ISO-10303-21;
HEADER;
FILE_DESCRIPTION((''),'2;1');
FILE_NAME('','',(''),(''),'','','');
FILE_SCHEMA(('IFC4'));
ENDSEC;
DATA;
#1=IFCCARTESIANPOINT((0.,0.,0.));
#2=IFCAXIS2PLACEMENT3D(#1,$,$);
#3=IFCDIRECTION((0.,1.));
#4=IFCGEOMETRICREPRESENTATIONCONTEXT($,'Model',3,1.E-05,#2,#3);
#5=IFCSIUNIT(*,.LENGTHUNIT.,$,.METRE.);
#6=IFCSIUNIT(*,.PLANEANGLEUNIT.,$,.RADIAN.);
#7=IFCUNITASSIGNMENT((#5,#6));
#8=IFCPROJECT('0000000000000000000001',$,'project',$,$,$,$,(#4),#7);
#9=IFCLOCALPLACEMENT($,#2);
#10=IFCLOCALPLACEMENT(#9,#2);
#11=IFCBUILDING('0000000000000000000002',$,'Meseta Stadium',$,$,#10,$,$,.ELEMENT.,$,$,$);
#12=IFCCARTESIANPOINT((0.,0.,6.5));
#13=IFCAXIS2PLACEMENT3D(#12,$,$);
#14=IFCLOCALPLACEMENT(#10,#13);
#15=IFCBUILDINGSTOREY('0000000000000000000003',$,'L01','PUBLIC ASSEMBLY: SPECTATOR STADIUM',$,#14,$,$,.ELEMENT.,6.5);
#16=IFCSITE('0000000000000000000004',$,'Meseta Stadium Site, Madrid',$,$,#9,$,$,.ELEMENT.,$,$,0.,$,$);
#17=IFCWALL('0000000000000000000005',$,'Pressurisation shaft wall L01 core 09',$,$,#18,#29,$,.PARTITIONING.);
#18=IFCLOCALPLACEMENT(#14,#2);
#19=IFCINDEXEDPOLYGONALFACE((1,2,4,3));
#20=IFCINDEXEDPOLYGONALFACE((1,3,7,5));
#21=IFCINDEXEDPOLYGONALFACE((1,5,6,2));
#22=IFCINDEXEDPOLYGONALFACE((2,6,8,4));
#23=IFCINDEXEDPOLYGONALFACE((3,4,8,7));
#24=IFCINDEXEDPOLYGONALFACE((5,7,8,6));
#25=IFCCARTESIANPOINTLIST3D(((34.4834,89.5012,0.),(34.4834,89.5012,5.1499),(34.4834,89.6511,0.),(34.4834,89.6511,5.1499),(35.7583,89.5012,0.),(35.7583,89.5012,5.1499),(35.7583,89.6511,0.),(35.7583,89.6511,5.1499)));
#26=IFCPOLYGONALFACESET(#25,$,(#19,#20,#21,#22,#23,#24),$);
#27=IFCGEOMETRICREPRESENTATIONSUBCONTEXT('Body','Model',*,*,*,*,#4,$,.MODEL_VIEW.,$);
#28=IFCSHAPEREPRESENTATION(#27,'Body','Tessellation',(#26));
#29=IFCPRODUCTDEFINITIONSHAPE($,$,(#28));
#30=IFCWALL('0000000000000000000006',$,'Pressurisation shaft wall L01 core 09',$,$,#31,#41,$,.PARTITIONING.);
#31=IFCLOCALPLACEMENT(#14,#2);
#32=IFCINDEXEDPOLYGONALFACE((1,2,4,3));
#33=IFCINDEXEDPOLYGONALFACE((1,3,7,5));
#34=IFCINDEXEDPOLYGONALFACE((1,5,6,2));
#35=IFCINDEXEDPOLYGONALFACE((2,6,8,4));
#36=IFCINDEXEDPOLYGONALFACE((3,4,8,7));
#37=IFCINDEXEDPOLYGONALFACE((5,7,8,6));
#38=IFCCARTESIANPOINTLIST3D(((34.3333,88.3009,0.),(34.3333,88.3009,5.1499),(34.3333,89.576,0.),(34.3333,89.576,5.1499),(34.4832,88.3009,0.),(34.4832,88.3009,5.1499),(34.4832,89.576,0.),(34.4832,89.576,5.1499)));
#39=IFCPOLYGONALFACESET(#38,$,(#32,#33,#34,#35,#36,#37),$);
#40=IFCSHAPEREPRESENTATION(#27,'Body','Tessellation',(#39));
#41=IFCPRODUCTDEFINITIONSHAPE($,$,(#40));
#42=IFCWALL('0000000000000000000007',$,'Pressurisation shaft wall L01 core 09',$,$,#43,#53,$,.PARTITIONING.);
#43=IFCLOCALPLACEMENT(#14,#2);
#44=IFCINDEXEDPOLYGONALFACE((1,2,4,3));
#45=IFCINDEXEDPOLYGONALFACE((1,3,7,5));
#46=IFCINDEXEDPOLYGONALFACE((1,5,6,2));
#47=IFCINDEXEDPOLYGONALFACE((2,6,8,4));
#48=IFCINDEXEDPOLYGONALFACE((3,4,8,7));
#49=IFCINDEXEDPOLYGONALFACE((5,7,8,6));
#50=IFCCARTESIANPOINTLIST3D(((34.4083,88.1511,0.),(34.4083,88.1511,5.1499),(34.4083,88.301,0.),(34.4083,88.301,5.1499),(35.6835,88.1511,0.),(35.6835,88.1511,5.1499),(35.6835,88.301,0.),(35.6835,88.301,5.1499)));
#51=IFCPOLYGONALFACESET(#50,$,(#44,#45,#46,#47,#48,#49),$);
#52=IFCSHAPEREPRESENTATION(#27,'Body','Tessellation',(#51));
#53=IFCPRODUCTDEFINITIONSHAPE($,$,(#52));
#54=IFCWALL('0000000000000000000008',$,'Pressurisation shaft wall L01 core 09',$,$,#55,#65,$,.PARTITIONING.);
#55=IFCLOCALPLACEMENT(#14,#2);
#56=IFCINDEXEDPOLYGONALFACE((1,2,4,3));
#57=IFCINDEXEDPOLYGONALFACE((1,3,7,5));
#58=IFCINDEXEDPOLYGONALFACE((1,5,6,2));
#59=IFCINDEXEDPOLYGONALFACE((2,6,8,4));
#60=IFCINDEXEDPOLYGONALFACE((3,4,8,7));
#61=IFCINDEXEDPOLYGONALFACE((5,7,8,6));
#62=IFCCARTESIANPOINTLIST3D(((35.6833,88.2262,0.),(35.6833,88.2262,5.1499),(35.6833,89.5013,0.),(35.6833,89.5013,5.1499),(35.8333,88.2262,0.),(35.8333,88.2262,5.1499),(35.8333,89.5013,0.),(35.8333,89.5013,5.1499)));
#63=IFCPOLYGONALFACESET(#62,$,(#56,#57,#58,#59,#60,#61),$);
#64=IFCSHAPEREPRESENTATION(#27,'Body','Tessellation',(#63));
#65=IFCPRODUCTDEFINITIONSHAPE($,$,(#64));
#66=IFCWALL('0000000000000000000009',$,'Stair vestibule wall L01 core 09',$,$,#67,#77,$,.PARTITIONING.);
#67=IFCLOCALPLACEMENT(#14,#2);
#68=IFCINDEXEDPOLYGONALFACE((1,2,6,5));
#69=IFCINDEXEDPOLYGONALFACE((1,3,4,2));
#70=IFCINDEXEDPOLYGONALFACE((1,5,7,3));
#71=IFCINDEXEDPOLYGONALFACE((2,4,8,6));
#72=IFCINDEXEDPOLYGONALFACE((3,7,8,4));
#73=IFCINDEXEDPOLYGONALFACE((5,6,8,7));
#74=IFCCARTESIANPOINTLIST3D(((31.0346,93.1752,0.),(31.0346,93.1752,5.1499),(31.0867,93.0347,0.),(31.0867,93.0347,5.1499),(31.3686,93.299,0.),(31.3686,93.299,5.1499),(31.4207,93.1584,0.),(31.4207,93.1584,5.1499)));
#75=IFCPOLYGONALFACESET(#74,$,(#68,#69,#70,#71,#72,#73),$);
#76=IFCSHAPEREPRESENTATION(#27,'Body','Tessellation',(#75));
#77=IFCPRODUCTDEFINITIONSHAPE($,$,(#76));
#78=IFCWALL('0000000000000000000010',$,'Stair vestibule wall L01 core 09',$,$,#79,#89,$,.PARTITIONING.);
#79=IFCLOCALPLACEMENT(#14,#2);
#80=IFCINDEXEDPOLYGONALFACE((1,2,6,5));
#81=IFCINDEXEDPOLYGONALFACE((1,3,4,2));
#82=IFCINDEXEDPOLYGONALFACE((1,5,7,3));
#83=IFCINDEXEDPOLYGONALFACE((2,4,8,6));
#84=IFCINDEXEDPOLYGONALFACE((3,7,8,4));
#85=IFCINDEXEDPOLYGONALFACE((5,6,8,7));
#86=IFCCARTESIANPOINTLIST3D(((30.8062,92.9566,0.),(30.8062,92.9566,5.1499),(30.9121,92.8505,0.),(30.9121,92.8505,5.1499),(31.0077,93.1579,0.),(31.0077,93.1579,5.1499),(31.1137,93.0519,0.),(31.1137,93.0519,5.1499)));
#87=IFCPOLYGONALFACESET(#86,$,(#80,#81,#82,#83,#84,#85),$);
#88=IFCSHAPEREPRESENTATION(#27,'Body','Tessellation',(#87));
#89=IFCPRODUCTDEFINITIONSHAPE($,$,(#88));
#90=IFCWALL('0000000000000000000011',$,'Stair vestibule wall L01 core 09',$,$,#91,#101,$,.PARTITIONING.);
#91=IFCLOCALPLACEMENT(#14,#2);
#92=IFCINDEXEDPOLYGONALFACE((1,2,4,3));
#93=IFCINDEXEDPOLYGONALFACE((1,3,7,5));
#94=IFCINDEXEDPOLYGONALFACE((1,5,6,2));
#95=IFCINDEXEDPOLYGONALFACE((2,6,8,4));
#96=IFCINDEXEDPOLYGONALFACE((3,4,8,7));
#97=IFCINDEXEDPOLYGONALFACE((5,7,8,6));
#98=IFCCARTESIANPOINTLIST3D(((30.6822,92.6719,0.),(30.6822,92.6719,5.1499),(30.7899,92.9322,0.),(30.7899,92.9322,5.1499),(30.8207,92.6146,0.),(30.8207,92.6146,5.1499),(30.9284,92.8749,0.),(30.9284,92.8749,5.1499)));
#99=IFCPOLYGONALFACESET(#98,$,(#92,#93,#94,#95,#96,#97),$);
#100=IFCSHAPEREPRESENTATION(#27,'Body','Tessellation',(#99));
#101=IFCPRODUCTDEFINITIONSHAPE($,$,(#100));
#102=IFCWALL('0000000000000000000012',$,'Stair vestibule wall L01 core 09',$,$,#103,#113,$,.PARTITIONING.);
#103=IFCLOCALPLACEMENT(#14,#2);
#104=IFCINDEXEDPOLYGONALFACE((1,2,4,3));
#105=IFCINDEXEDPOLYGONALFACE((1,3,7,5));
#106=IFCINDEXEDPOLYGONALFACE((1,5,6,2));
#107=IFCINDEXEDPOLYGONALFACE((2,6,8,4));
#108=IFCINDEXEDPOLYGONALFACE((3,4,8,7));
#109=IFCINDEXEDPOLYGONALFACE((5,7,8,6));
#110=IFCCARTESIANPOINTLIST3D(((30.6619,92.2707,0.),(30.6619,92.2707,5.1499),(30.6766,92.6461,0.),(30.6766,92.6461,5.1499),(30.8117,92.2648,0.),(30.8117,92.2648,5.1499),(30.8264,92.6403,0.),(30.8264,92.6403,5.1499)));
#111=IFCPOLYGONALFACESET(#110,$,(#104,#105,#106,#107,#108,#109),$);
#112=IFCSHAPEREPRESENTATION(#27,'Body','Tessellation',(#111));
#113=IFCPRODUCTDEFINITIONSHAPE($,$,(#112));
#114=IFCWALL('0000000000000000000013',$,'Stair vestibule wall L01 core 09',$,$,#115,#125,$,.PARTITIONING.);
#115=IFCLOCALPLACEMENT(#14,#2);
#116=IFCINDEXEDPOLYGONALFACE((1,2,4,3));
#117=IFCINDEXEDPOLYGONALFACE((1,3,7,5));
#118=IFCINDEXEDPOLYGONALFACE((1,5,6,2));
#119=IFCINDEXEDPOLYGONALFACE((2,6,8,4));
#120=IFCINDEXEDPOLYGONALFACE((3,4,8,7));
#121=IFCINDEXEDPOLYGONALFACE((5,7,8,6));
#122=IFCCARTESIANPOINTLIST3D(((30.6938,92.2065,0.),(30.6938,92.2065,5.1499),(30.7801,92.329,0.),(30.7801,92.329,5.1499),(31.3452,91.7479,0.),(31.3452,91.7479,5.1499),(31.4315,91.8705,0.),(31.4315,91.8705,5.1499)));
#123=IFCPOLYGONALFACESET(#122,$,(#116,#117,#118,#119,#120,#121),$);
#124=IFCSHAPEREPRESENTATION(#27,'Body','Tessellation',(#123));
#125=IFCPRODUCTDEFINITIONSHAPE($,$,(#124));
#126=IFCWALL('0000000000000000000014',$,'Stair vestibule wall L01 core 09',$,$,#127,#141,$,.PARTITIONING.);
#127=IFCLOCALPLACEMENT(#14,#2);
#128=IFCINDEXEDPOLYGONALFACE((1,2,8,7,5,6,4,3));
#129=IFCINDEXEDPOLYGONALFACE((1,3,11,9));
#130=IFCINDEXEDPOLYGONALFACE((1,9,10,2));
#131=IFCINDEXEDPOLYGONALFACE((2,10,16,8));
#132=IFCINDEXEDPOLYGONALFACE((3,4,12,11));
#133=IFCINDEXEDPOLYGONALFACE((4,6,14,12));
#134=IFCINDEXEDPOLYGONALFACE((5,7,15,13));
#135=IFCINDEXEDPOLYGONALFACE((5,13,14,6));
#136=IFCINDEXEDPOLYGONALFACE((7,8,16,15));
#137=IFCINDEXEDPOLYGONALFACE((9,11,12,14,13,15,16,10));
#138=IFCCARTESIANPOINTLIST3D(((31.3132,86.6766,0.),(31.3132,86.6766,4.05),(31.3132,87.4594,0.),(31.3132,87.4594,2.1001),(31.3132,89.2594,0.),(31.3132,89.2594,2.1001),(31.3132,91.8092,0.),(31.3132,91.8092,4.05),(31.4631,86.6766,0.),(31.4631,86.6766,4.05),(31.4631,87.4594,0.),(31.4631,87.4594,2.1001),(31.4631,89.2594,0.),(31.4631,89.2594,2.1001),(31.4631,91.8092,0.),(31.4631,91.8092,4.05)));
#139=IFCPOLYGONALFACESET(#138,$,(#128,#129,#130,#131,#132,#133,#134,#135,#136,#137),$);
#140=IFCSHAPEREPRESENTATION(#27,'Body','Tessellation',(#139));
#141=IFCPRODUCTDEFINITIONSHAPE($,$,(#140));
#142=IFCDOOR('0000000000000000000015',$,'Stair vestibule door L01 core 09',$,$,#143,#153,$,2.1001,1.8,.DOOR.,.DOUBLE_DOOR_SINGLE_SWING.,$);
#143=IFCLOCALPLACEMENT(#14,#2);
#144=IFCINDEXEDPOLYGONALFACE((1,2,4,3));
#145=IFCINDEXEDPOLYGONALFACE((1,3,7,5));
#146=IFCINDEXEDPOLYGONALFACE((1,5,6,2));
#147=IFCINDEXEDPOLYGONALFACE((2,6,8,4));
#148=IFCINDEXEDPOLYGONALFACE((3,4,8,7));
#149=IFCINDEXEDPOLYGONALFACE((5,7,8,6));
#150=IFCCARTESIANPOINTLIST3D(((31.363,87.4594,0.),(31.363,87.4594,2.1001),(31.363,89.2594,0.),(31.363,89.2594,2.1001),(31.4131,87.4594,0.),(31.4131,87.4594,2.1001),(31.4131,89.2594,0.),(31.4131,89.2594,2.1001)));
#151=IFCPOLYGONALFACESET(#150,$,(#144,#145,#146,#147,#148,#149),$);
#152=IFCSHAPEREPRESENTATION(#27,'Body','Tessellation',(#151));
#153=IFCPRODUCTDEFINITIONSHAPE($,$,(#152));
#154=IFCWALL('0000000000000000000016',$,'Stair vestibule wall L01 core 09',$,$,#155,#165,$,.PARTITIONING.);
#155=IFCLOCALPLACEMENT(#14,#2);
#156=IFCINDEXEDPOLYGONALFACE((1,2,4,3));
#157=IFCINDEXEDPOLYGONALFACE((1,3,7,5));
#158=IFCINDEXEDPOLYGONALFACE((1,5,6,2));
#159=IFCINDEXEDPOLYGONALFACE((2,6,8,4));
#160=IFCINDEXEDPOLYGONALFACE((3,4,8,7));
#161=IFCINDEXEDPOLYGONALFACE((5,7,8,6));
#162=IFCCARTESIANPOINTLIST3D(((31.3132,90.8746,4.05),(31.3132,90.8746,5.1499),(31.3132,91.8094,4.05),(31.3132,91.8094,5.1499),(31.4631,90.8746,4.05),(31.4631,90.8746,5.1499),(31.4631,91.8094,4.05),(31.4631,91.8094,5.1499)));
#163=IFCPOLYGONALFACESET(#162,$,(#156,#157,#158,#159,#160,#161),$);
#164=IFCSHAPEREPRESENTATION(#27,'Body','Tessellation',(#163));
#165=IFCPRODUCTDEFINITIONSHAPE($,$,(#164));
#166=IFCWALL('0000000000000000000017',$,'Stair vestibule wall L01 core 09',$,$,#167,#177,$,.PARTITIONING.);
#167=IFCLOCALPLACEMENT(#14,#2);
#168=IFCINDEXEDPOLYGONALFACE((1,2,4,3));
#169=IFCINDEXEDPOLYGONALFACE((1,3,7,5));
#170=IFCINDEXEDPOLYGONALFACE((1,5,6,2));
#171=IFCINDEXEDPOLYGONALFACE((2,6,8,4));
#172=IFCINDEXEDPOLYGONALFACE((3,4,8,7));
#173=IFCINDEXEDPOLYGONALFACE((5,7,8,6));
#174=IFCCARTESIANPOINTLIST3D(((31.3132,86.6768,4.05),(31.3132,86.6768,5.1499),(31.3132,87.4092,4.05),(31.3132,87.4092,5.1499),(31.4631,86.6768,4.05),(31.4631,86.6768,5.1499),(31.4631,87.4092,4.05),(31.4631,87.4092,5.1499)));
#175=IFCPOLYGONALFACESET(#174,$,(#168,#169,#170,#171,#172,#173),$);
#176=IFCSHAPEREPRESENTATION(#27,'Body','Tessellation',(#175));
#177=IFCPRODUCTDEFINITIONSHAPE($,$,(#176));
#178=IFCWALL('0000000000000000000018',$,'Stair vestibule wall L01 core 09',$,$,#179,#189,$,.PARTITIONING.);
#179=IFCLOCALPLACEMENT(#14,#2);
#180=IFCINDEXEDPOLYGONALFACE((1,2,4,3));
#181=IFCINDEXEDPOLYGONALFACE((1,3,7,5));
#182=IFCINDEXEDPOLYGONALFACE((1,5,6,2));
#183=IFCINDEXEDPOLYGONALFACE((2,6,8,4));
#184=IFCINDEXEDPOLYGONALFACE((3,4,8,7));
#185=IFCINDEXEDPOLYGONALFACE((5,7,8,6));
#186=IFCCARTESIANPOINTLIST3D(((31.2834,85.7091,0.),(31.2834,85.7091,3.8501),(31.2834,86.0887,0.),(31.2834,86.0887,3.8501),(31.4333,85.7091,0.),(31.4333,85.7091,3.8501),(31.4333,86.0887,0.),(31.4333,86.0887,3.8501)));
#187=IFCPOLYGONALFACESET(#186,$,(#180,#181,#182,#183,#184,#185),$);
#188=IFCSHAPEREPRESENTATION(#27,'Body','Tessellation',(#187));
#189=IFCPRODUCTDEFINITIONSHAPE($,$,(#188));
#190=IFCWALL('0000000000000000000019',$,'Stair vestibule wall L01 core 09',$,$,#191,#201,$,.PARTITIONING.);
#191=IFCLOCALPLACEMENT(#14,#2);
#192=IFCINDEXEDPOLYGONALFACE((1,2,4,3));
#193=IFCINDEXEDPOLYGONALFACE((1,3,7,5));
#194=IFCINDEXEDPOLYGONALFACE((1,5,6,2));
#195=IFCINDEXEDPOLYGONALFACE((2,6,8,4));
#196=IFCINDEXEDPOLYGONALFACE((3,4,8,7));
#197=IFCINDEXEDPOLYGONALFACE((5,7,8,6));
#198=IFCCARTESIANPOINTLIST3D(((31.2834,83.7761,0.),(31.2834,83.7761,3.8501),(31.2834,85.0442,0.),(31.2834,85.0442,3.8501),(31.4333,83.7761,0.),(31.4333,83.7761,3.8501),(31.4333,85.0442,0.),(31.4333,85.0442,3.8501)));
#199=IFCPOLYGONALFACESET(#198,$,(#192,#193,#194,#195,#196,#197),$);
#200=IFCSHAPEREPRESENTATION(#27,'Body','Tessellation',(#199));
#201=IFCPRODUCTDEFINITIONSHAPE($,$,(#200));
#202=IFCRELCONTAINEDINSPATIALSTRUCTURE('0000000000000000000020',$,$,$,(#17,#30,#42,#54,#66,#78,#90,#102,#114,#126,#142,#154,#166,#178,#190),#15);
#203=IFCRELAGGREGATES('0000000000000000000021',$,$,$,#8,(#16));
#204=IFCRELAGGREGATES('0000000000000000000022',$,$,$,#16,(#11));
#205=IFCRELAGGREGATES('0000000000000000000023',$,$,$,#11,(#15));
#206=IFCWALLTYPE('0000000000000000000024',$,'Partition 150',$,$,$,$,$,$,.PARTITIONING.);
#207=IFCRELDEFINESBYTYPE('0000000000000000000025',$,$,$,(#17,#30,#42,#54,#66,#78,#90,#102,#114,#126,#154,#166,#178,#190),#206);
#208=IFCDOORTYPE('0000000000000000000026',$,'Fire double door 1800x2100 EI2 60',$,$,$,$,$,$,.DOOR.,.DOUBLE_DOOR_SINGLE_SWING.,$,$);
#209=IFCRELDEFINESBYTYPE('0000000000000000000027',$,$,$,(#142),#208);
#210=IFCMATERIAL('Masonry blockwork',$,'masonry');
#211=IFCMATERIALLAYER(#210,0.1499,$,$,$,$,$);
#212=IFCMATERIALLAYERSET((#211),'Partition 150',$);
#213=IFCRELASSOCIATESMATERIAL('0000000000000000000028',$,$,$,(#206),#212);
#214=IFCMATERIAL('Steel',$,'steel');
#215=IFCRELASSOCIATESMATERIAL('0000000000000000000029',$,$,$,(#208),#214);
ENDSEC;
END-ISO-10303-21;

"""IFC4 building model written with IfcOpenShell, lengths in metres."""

from ifc_helpers import new_model, si_unit, direction, frame, frame_2d, origin, place, context, subcontext, project, spatial, rectangle, extrude, material, layer, layer_set, type_object, element, fill, save


model = new_model("IFC4")

# Units and contexts
model_context = context("Model", 3, precision=1e-05, world=origin(), true_north=direction((0.0, 1.0)))
body_context = subcontext(model_context, "Body", "Model", "MODEL_VIEW")
ifc_project = project(units=[si_unit("LENGTHUNIT", "METRE"), si_unit("PLANEANGLEUNIT", "RADIAN")], contexts=[model_context])

# Site, building, storey
site_placement = place(None, origin())
site = spatial("IfcSite", under=ifc_project, at=site_placement, Name="Meseta Stadium Site, Madrid", CompositionType="ELEMENT", RefElevation=0.0)
building_placement = place(site_placement, origin())
building = spatial("IfcBuilding", under=site, at=building_placement, Name="Meseta Stadium", CompositionType="ELEMENT")
storey_placement = place(building_placement, frame((0.0, 0.0, 6.5)))
storey = spatial("IfcBuildingStorey", under=building, at=storey_placement, Name="L01", Description="PUBLIC ASSEMBLY: SPECTATOR STADIUM", CompositionType="ELEMENT", Elevation=6.5)

# Walls
ifc_material_1 = material(Name="Masonry blockwork", Category="masonry")
ifc_layer_1 = layer(ifc_material_1, 0.1499)
ifc_layer_set_1 = layer_set([ifc_layer_1], Name="Partition 150")
wall_type_1 = type_object("IfcWallType", Name="Partition 150", PredefinedType="PARTITIONING", material=ifc_layer_set_1)
wall_1_placement = place(storey_placement, frame((35.7583, 89.5762, 0.0), z_axis=(0.0, 0.0, 1.0), x_axis=(-1.0, 0.0, 0.0)))
element("IfcWall", 1, at=wall_1_placement, inside=storey, type_object=wall_type_1, Name="Pressurisation shaft wall L01 core 09", PredefinedType="PARTITIONING", context=body_context, shape_type="SweptSolid", body=[
    extrude(rectangle(XDim=1.2749, YDim=0.1499, at=frame_2d((0.6375, 0.0))), origin(), (0.0, 0.0, 1.0), 5.1499),
])
for number, where, z_axis, x_axis, name in (
    (2, (34.4082, 89.5762, 0.0), (0.0, 0.0, 1.0), (0.0, -1.0, 0.0), "Pressurisation shaft wall L01 core 09"),
    (3, (34.4082, 88.2261, 0.0), (0.0, 0.0, 1.0), (1.0, 0.0, 0.0), "Pressurisation shaft wall L01 core 09"),
    (4, (35.7583, 88.2261, 0.0), (0.0, 0.0, 1.0), (0.0, 1.0, 0.0), "Pressurisation shaft wall L01 core 09"),
):
    element("IfcWall", number, at=place(storey_placement, frame(where, z_axis=z_axis, x_axis=x_axis)), inside=storey, type_object=wall_type_1, Name=name, PredefinedType="PARTITIONING", context=body_context, shape_type="SweptSolid", body=[
        extrude(rectangle(XDim=1.2751, YDim=0.1499, at=frame_2d((0.6377, 0.0))), origin(), (0.0, 0.0, 1.0), 5.1499),
    ])
wall_2_placement = place(storey_placement, frame((31.3948, 93.2288, 0.0), z_axis=(0.0, 0.0, 1.0), x_axis=(-0.937674, -0.347515, 0.0)))
element("IfcWall", 5, at=wall_2_placement, inside=storey, type_object=wall_type_1, Name="Stair vestibule wall L01 core 09", PredefinedType="PARTITIONING", context=body_context, shape_type="SweptSolid", body=[
    extrude(rectangle(XDim=0.3562, YDim=0.1499, at=frame_2d((0.1782, 0.0))), origin(), (0.0, 0.0, 1.0), 5.1499),
])
wall_3_placement = place(storey_placement, frame((31.0608, 93.105, 0.0), z_axis=(0.0, 0.0, 1.0), x_axis=(-0.707535, -0.706678, 0.0)))
element("IfcWall", 6, at=wall_3_placement, inside=storey, type_object=wall_type_1, Name="Stair vestibule wall L01 core 09", PredefinedType="PARTITIONING", context=body_context, shape_type="SweptSolid", body=[
    extrude(rectangle(XDim=0.2849, YDim=0.1499, at=frame_2d((0.1426, 0.0))), origin(), (0.0, 0.0, 1.0), 5.1499),
])
wall_4_placement = place(storey_placement, frame((30.8591, 92.9036, 0.0), z_axis=(0.0, 0.0, 1.0), x_axis=(-0.382275, -0.924049, 0.0)))
element("IfcWall", 7, at=wall_4_placement, inside=storey, type_object=wall_type_1, Name="Stair vestibule wall L01 core 09", PredefinedType="PARTITIONING", context=body_context, shape_type="SweptSolid", body=[
    extrude(rectangle(XDim=0.2817, YDim=0.1499, at=frame_2d((0.1409, 0.0))), origin(), (0.0, 0.0, 1.0), 5.1499),
])
wall_5_placement = place(storey_placement, frame((30.7515, 92.6433, 0.0), z_axis=(0.0, 0.0, 1.0), x_axis=(-0.038982, -0.99924, 0.0)))
element("IfcWall", 8, at=wall_5_placement, inside=storey, type_object=wall_type_1, Name="Stair vestibule wall L01 core 09", PredefinedType="PARTITIONING", context=body_context, shape_type="SweptSolid", body=[
    extrude(rectangle(XDim=0.3757, YDim=0.1499, at=frame_2d((0.188, 0.0))), origin(), (0.0, 0.0, 1.0), 5.1499),
])
wall_6_placement = place(storey_placement, frame((30.7368, 92.2678, 0.0), z_axis=(0.0, 0.0, 1.0), x_axis=(0.817732, -0.5756, 0.0)))
element("IfcWall", 9, at=wall_6_placement, inside=storey, type_object=wall_type_1, Name="Stair vestibule wall L01 core 09", PredefinedType="PARTITIONING", context=body_context, shape_type="SweptSolid", body=[
    extrude(rectangle(XDim=0.7966, YDim=0.1499, at=frame_2d((0.3984, 0.0))), origin(), (0.0, 0.0, 1.0), 5.1499),
])

# Wall, opening, door
wall_7_placement = place(storey_placement, frame((31.3882, 91.8093, 0.0), z_axis=(0.0, 0.0, 1.0), x_axis=(0.0, -1.0, 0.0)))
wall_7 = element("IfcWall", 10, at=wall_7_placement, inside=storey, type_object=wall_type_1, Name="Stair vestibule wall L01 core 09", PredefinedType="PARTITIONING", context=body_context, shape_type="SweptSolid", body=[
    extrude(rectangle(XDim=5.1326, YDim=0.1499, at=frame_2d((2.5664, 0.0))), origin(), (0.0, 0.0, 1.0), 4.05),
])
opening_1_placement = place(wall_7_placement, frame((2.55, 0.0, 0.0)))
opening_1 = element("IfcOpeningElement", 11, at=opening_1_placement, cuts=wall_7, PredefinedType="OPENING", context=body_context, shape_type="SweptSolid", body=[
    extrude(rectangle(XDim=1.8, YDim=2.1001, at=frame_2d((0.8999, 1.05))), frame((0.0, 0.085, 0.0), z_axis=(0.0, -1.0, 0.0), x_axis=(1.0, 0.0, 0.0)), (0.0, 0.0, 1.0), 0.1699),
])
ifc_material_2 = material(Name="Steel", Category="steel")
door_type_1 = type_object("IfcDoorType", Name="Fire double door 1800x2100 EI2 60", OperationType="DOUBLE_DOOR_SINGLE_SWING", PredefinedType="DOOR", material=ifc_material_2)
door_1_placement = place(opening_1_placement, origin())
door_1 = element("IfcDoor", 12, at=door_1_placement, inside=storey, type_object=door_type_1, Name="Stair vestibule door L01 core 09", OperationType="DOUBLE_DOOR_SINGLE_SWING", OverallHeight=2.1001, OverallWidth=1.8, PredefinedType="DOOR", context=body_context, shape_type="SweptSolid", body=[
    extrude(rectangle(XDim=1.8, YDim=2.1001, at=frame_2d((0.8999, 1.05))), frame((0.0, 0.0249, 0.0), z_axis=(0.0, -1.0, 0.0), x_axis=(1.0, 0.0, 0.0)), (0.0, 0.0, 1.0), 0.05),
])
fill(opening_1, door_1)

# Walls
wall_8_placement = place(storey_placement, frame((31.3882, 91.8093, 4.05), z_axis=(0.0, 0.0, 1.0), x_axis=(0.0, -1.0, 0.0)))
element("IfcWall", 13, at=wall_8_placement, inside=storey, type_object=wall_type_1, Name="Stair vestibule wall L01 core 09", PredefinedType="PARTITIONING", context=body_context, shape_type="SweptSolid", body=[
    extrude(rectangle(XDim=0.9348, YDim=0.1499, at=frame_2d((0.4673, 0.0))), origin(), (0.0, 0.0, 1.0), 1.0999),
])
wall_9_placement = place(storey_placement, frame((31.3882, 87.4092, 4.05), z_axis=(0.0, 0.0, 1.0), x_axis=(0.0, -1.0, 0.0)))
element("IfcWall", 14, at=wall_9_placement, inside=storey, type_object=wall_type_1, Name="Stair vestibule wall L01 core 09", PredefinedType="PARTITIONING", context=body_context, shape_type="SweptSolid", body=[
    extrude(rectangle(XDim=0.7324, YDim=0.1499, at=frame_2d((0.3662, 0.0))), origin(), (0.0, 0.0, 1.0), 1.0999),
])
wall_10_placement = place(storey_placement, frame((31.3584, 86.0889, 0.0), z_axis=(0.0, 0.0, 1.0), x_axis=(0.0, -1.0, 0.0)))
element("IfcWall", 15, at=wall_10_placement, inside=storey, type_object=wall_type_1, Name="Stair vestibule wall L01 core 09", PredefinedType="PARTITIONING", context=body_context, shape_type="SweptSolid", body=[
    extrude(rectangle(XDim=0.3796, YDim=0.1499, at=frame_2d((0.1899, 0.0))), origin(), (0.0, 0.0, 1.0), 3.8501),
])
wall_11_placement = place(storey_placement, frame((31.3584, 85.0442, 0.0), z_axis=(0.0, 0.0, 1.0), x_axis=(0.0, -1.0, 0.0)))
element("IfcWall", 16, at=wall_11_placement, inside=storey, type_object=wall_type_1, Name="Stair vestibule wall L01 core 09", PredefinedType="PARTITIONING", context=body_context, shape_type="SweptSolid", body=[
    extrude(rectangle(XDim=1.2681, YDim=0.1499, at=frame_2d((0.634, 0.0))), origin(), (0.0, 0.0, 1.0), 3.8501),
])

save(model, "model.ifc")
